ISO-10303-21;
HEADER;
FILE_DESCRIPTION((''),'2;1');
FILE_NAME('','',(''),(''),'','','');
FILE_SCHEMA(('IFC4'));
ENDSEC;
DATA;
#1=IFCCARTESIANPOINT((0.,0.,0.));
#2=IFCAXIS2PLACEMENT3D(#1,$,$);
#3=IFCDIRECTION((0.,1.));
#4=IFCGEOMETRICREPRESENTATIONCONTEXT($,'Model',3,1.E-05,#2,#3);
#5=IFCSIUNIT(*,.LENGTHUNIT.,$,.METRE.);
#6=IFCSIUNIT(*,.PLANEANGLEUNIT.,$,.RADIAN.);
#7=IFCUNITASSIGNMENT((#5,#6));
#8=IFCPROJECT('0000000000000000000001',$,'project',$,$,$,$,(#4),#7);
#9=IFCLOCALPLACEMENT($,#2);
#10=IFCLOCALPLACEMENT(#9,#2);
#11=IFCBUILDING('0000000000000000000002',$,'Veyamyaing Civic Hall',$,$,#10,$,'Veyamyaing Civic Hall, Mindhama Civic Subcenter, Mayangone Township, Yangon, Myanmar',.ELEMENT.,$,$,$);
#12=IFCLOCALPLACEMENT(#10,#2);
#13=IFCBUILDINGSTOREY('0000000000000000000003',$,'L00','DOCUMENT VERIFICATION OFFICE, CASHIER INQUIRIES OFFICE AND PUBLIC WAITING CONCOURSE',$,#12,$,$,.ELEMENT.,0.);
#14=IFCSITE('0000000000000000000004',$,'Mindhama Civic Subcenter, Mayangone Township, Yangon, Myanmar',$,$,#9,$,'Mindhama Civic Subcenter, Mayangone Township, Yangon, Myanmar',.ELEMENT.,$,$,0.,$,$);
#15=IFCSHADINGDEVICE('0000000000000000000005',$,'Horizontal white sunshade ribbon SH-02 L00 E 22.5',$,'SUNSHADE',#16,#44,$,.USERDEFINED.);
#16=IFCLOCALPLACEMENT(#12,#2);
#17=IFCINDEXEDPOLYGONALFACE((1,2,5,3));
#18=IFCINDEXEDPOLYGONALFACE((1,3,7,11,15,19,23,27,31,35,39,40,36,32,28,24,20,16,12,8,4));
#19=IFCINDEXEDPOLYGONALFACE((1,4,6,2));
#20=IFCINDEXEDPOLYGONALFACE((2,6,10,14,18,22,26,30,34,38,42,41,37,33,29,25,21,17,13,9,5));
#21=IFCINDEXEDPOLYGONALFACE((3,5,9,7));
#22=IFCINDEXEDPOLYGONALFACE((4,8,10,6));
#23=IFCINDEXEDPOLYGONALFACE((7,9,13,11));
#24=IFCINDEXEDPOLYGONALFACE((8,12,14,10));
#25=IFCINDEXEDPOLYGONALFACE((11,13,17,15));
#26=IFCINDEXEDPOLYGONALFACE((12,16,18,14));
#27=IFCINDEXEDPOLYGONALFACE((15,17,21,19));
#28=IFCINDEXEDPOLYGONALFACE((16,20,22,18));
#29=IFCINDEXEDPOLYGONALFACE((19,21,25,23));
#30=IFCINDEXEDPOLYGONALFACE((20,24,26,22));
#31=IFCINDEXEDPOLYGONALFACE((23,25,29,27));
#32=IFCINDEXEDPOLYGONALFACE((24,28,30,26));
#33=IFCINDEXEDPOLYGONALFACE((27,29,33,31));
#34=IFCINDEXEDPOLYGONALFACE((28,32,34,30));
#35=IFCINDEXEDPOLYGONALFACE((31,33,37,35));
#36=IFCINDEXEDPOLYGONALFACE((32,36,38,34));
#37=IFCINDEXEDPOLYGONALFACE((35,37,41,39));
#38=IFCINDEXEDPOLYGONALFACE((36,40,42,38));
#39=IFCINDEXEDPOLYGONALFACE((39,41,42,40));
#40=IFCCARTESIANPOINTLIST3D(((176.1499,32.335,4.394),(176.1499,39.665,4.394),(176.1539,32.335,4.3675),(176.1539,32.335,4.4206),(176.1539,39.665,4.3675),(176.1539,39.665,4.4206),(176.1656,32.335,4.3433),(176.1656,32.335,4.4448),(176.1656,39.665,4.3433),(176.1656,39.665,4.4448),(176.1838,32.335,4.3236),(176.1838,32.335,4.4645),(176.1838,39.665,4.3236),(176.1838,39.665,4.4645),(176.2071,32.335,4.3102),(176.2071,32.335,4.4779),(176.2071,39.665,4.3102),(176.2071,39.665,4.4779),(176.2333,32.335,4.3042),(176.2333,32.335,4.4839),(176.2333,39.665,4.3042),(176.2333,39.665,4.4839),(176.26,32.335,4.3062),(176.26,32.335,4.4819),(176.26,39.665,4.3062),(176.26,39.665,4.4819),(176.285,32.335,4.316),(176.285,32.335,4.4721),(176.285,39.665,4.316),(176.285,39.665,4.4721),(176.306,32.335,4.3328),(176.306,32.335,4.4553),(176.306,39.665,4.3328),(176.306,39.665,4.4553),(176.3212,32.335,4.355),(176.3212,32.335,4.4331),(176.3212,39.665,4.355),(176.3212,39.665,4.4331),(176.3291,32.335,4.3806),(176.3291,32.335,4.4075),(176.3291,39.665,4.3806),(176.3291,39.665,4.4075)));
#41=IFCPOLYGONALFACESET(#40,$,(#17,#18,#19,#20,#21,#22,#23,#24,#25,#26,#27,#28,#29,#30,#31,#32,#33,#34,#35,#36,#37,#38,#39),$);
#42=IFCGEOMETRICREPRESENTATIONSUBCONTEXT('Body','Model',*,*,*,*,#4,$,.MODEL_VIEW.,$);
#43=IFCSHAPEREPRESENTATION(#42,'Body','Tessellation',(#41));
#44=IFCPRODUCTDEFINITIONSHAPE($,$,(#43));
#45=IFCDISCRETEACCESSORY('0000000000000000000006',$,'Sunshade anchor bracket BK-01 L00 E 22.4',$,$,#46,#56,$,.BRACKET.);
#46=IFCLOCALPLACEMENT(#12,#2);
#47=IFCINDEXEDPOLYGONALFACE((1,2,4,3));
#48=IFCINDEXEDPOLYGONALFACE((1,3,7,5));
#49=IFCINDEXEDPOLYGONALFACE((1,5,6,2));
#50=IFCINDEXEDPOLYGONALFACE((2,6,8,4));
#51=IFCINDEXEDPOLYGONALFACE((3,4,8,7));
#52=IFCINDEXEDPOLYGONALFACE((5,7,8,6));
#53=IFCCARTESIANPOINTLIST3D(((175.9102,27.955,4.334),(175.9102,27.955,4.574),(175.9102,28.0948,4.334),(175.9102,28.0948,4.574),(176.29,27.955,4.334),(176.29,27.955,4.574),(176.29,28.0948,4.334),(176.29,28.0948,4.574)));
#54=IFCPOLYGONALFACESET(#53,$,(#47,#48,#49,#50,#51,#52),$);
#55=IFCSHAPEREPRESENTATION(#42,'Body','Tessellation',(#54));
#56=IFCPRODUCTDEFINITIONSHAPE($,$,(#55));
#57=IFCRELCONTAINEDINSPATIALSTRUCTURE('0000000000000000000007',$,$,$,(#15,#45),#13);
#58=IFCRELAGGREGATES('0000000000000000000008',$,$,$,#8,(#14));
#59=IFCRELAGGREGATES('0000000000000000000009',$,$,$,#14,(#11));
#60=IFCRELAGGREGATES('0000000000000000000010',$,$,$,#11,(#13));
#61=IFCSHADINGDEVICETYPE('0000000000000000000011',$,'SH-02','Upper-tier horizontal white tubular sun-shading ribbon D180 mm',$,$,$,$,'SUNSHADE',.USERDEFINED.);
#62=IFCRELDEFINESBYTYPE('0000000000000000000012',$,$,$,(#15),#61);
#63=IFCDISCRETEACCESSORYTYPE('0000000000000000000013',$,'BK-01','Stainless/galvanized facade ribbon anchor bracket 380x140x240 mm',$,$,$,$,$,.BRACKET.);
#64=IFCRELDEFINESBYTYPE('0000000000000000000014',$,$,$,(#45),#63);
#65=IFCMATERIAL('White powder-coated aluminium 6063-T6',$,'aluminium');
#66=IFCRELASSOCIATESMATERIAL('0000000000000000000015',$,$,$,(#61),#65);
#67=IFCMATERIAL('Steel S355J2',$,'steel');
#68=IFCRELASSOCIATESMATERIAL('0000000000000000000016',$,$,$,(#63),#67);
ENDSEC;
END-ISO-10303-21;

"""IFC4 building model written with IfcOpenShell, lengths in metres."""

from ifc_helpers import new_model, si_unit, direction, frame, origin, origin_2d, place, context, subcontext, project, spatial, rectangle, circle, extrude, material, material_profile, profile_set, type_object, element, save


model = new_model("IFC4")

# Units and contexts
model_context = context("Model", 3, precision=1e-05, world=origin(), true_north=direction((0.0, 1.0)))
body_context = subcontext(model_context, "Body", "Model", "MODEL_VIEW")
ifc_project = project(units=[si_unit("LENGTHUNIT", "METRE"), si_unit("PLANEANGLEUNIT", "RADIAN")], contexts=[model_context])

# Site, building, storey
site_placement = place(None, origin())
site = spatial("IfcSite", under=ifc_project, at=site_placement, Name="Mindhama Civic Subcenter, Mayangone Township, Yangon, Myanmar", LongName="Mindhama Civic Subcenter, Mayangone Township, Yangon, Myanmar", CompositionType="ELEMENT", RefElevation=0.0)
building_placement = place(site_placement, origin())
building = spatial("IfcBuilding", under=site, at=building_placement, Name="Veyamyaing Civic Hall", LongName="Veyamyaing Civic Hall, Mindhama Civic Subcenter, Mayangone Township, Yangon, Myanmar", CompositionType="ELEMENT")
storey_placement = place(building_placement, origin())
storey = spatial("IfcBuildingStorey", under=building, at=storey_placement, Name="L00", Description="DOCUMENT VERIFICATION OFFICE, CASHIER INQUIRIES OFFICE AND PUBLIC WAITING CONCOURSE", CompositionType="ELEMENT", Elevation=0.0)

# Shared definitions
ifc_material_1 = material(Name="White powder-coated aluminium 6063-T6", Category="aluminium")

# Shading device
ifc_material_profile_1 = material_profile(ifc_material_1, circle(Radius=0.0901, at=origin_2d()), Name="SHADE-TUBE-180")
ifc_profile_set_1 = profile_set([ifc_material_profile_1], Name="White powder-coated aluminium 6063-T6")
shading_device_type = type_object("IfcShadingDeviceType", Name="SH-02", Description="Upper-tier horizontal white tubular sun-shading ribbon D180 mm", ElementType="SUNSHADE", PredefinedType="USERDEFINED", material=ifc_profile_set_1)
shading_device_1_placement = place(storey_placement, frame((176.24, 32.335, 4.394), z_axis=(0.0, 1.0, 0.0), x_axis=(-1.0, 0.0, 0.0)))
element("IfcShadingDevice", 1, at=shading_device_1_placement, inside=storey, type_object=shading_device_type, Name="Horizontal white sunshade ribbon SH-02 L00 E 22.5", ObjectType="SUNSHADE", PredefinedType="USERDEFINED", context=body_context, shape_type="SweptSolid", body=[
    extrude(circle(Radius=0.0901, at=origin_2d()), origin(), (0.0, 0.0, 1.0), 7.3301),
])

# Discrete accessory
ifc_material_2 = material(Name="Steel S355J2", Category="steel")
discrete_accessory_type = type_object("IfcDiscreteAccessoryType", Name="BK-01", Description="Stainless/galvanized facade ribbon anchor bracket 380x140x240 mm", PredefinedType="BRACKET", material=ifc_material_2)
discrete_accessory_placement = place(storey_placement, frame((176.1001, 28.0249, 4.334), z_axis=(0.0, 0.0, 1.0), x_axis=(1.0, 0.0, 0.0)))
element("IfcDiscreteAccessory", 2, at=discrete_accessory_placement, inside=storey, type_object=discrete_accessory_type, Name="Sunshade anchor bracket BK-01 L00 E 22.4", PredefinedType="BRACKET", context=body_context, shape_type="SweptSolid", body=[
    extrude(rectangle(XDim=0.3799, YDim=0.1399, at=origin_2d()), origin(), (0.0, 0.0, 1.0), 0.24),
])

save(model, "model.ifc")
